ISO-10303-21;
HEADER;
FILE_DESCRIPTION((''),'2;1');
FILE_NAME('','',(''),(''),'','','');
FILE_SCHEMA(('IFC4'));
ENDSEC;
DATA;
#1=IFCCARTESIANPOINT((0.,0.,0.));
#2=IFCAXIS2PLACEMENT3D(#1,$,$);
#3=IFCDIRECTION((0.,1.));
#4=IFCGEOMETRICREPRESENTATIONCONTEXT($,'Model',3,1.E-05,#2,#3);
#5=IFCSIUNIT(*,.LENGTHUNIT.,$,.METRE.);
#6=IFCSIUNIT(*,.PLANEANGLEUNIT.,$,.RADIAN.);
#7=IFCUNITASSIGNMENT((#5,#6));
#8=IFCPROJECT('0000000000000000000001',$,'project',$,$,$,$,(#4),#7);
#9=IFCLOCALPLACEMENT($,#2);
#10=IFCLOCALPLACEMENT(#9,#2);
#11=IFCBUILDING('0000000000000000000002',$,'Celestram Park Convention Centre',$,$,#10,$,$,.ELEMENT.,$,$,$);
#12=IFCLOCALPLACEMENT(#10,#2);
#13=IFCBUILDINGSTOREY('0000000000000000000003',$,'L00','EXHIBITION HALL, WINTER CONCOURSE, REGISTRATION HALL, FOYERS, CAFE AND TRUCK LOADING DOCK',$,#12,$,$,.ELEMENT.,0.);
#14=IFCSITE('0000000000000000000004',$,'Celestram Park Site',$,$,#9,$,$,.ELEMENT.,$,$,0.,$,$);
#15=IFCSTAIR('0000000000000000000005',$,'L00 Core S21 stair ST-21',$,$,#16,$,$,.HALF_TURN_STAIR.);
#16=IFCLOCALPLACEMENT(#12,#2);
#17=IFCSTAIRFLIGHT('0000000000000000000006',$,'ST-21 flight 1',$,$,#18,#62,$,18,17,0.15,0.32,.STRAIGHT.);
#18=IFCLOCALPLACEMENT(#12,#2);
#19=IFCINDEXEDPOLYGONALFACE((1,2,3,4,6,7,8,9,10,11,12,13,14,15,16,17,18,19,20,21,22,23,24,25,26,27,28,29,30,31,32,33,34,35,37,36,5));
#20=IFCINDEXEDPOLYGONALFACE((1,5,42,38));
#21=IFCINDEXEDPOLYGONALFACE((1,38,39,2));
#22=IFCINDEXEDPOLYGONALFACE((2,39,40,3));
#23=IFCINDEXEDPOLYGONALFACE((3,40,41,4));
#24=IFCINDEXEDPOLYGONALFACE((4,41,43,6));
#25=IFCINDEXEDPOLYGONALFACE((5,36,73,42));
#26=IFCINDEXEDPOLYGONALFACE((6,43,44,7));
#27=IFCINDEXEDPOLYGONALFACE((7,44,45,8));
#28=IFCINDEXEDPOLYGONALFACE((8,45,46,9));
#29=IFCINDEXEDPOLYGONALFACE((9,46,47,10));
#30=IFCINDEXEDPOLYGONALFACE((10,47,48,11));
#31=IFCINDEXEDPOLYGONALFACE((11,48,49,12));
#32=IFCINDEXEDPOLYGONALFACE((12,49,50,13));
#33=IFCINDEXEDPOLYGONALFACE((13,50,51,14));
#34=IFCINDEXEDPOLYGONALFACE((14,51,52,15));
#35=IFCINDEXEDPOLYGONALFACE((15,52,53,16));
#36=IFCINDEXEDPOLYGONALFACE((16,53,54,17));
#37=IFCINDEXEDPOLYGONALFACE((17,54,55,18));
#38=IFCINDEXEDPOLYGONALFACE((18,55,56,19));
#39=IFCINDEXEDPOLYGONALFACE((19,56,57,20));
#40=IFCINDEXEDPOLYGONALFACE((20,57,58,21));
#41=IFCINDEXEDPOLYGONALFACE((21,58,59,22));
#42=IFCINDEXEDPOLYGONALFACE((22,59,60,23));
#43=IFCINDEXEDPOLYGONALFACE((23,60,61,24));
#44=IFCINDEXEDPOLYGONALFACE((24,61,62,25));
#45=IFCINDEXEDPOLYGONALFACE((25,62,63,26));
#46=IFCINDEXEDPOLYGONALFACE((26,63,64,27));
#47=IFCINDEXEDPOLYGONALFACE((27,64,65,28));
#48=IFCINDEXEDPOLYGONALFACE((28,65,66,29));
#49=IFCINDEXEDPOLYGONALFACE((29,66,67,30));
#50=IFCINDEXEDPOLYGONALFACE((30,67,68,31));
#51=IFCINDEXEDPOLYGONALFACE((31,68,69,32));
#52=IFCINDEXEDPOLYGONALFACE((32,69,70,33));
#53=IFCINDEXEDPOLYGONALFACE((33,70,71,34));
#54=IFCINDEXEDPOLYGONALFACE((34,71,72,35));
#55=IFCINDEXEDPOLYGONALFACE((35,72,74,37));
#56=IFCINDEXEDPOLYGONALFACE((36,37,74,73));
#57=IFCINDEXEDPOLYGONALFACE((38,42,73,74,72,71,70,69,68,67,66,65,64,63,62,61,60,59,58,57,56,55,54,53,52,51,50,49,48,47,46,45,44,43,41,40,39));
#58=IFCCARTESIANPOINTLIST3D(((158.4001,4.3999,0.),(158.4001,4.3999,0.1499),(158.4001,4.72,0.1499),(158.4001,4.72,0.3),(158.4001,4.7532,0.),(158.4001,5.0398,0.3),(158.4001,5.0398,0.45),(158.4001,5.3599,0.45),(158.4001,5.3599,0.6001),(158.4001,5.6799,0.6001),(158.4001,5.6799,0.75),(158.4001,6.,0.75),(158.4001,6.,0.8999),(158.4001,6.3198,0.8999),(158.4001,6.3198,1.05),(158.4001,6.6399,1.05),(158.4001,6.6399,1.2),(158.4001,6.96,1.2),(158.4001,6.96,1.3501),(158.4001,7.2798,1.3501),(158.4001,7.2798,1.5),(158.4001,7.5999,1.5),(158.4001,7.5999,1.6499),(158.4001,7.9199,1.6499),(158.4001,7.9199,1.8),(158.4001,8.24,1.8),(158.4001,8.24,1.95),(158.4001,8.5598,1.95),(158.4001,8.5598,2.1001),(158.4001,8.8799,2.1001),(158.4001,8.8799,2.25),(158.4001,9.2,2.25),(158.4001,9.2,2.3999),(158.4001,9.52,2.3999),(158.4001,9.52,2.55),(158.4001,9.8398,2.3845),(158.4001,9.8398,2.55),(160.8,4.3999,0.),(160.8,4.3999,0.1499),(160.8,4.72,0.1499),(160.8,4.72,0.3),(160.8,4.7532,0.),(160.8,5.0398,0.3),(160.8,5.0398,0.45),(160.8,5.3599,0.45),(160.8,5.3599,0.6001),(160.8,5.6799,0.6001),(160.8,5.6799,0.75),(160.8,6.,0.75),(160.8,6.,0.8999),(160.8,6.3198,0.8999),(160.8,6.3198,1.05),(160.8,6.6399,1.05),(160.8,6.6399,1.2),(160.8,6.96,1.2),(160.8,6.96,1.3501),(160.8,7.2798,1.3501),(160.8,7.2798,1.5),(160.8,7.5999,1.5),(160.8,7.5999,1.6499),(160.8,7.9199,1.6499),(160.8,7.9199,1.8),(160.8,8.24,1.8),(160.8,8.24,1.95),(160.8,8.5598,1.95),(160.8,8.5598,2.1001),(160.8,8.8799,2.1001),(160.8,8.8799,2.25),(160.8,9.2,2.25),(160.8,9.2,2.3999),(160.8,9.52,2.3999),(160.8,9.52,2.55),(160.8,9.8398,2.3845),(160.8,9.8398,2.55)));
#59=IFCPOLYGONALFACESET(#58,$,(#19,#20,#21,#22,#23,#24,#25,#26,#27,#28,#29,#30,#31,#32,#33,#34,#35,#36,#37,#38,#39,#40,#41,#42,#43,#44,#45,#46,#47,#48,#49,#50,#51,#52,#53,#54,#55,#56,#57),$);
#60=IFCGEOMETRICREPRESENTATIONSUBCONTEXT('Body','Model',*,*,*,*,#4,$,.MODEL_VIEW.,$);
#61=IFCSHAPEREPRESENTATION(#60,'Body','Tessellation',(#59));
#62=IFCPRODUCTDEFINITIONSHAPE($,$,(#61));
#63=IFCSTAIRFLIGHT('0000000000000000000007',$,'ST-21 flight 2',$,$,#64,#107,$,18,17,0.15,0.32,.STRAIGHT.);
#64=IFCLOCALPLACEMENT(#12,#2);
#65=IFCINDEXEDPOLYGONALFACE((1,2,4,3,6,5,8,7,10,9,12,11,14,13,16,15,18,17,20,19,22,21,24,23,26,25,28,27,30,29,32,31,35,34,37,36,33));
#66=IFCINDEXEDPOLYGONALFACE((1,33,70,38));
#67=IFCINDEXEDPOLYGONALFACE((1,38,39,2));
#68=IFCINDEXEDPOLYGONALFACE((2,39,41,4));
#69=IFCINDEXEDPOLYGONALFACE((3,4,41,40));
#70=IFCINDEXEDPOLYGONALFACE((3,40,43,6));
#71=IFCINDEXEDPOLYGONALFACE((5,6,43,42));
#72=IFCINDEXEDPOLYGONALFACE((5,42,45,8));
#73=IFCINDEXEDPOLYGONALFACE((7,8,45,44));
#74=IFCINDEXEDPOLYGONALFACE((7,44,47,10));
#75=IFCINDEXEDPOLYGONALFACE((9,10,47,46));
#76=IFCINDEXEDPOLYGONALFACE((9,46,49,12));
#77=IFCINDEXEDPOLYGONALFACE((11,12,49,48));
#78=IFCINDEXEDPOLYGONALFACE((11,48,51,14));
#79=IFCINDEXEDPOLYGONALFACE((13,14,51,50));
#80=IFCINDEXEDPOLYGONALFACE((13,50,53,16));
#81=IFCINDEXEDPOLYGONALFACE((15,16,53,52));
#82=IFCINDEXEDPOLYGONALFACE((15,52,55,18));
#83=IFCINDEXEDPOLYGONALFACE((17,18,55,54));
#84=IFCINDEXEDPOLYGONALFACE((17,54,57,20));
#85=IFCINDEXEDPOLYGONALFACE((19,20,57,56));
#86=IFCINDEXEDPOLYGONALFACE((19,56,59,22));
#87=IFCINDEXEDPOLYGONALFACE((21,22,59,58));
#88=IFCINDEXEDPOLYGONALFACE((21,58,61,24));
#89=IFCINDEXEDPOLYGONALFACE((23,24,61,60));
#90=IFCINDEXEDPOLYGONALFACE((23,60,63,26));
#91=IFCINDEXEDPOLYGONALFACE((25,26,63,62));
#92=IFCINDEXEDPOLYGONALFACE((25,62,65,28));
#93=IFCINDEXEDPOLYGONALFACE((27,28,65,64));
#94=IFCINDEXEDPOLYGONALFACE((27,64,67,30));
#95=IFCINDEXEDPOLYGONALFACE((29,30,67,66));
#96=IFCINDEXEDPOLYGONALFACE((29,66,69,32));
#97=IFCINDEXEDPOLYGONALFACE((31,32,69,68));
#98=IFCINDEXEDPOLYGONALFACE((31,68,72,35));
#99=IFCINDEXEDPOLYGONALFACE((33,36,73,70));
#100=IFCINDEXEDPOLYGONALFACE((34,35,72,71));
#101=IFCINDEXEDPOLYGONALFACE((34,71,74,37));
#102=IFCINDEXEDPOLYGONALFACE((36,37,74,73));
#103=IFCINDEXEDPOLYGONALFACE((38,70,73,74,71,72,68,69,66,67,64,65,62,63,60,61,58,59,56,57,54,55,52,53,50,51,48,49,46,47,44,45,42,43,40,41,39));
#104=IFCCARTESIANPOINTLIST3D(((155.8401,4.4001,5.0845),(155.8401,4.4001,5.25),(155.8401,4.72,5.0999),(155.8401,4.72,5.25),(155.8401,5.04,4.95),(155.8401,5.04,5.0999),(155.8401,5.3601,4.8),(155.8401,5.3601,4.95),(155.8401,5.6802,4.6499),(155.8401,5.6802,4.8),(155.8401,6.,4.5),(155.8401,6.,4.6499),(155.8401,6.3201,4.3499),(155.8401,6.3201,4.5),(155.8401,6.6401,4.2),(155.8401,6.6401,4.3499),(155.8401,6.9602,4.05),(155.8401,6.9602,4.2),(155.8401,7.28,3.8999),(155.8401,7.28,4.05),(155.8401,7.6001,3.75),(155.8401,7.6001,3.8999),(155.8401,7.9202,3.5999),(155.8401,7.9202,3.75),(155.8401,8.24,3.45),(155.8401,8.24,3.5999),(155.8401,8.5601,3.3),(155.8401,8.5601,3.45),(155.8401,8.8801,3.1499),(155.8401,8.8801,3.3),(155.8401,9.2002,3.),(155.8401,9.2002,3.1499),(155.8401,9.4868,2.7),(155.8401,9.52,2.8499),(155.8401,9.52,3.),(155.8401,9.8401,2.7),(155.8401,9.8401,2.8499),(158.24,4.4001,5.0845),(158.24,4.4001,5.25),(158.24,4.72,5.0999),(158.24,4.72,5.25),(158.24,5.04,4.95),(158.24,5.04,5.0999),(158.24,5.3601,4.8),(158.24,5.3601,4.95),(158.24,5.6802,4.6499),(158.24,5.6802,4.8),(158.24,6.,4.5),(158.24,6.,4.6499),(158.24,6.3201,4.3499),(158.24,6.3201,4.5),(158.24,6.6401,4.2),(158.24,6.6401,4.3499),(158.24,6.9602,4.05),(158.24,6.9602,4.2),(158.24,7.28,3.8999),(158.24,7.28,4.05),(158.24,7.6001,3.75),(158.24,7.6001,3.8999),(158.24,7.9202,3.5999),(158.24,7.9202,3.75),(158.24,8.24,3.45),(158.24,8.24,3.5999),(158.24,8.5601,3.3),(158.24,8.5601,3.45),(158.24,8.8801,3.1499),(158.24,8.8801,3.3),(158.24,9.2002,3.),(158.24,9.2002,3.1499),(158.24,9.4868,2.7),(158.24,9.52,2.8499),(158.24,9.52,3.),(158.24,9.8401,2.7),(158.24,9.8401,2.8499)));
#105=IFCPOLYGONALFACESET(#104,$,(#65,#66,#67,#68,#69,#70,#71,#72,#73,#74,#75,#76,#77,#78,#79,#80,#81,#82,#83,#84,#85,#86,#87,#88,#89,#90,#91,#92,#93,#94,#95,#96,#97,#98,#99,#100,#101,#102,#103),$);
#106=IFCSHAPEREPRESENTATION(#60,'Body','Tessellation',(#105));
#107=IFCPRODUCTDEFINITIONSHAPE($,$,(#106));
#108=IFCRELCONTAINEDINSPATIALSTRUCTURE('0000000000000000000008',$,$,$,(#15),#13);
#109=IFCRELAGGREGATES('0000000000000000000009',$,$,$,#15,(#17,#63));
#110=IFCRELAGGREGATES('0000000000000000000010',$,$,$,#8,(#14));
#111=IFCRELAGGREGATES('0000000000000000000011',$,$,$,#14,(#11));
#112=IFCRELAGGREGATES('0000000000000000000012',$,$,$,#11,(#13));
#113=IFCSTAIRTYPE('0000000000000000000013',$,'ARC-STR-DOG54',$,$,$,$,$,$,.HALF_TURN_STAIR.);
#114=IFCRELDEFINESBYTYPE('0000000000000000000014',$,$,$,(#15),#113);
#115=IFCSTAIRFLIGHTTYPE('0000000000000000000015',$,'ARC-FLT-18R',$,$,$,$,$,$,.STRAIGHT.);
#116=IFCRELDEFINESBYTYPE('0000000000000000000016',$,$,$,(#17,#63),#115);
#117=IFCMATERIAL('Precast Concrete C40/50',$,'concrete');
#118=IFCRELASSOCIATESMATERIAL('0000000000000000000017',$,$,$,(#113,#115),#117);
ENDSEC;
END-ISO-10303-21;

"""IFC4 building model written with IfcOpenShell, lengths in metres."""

from ifc_helpers import new_model, si_unit, direction, frame, origin, place, context, subcontext, project, spatial, polyline, outline, extrude, material, type_object, element, aggregate, save


model = new_model("IFC4")

# Units and contexts
model_context = context("Model", 3, precision=1e-05, world=origin(), true_north=direction((0.0, 1.0)))
body_context = subcontext(model_context, "Body", "Model", "MODEL_VIEW")
ifc_project = project(units=[si_unit("LENGTHUNIT", "METRE"), si_unit("PLANEANGLEUNIT", "RADIAN")], contexts=[model_context])

# Site, building, storey
site_placement = place(None, origin())
site = spatial("IfcSite", under=ifc_project, at=site_placement, Name="Celestram Park Site", CompositionType="ELEMENT", RefElevation=0.0)
building_placement = place(site_placement, origin())
building = spatial("IfcBuilding", under=site, at=building_placement, Name="Celestram Park Convention Centre", CompositionType="ELEMENT")
storey_placement = place(building_placement, origin())
storey = spatial("IfcBuildingStorey", under=building, at=storey_placement, Name="L00", Description="EXHIBITION HALL, WINTER CONCOURSE, REGISTRATION HALL, FOYERS, CAFE AND TRUCK LOADING DOCK", CompositionType="ELEMENT", Elevation=0.0)

# Stair, stair flights
ifc_material_1 = material(Name="Precast Concrete C40/50", Category="concrete")
stair_type = type_object("IfcStairType", Name="ARC-STR-DOG54", PredefinedType="HALF_TURN_STAIR", material=ifc_material_1)
stair_placement = place(storey_placement, origin())
stair = element("IfcStair", 1, at=stair_placement, inside=storey, type_object=stair_type, Name="L00 Core S21 stair ST-21", PredefinedType="HALF_TURN_STAIR")
stair_flight_type = type_object("IfcStairFlightType", Name="ARC-FLT-18R", PredefinedType="STRAIGHT", material=ifc_material_1)
stair_flight_1_placement = place(storey_placement, frame((159.6001, 4.3999, 0.0), z_axis=(0.0, 0.0, 1.0), x_axis=(0.0, 1.0, 0.0)))
stair_flight_1 = element("IfcStairFlight", 2, at=stair_flight_1_placement, type_object=stair_flight_type, Name="ST-21 flight 1", NumberOfRisers=18, NumberOfTreads=17, PredefinedType="STRAIGHT", RiserHeight=0.15, TreadLength=0.32, context=body_context, shape_type="SweptSolid", body=[
    extrude(outline(polyline([(0.0, 0.0), (0.0, 0.1499), (0.3201, 0.1499), (0.3201, 0.3), (0.6399, 0.3), (0.6399, 0.45), (0.96, 0.45), (0.96, 0.6001), (1.28, 0.6001), (1.28, 0.75), (1.6001, 0.75), (1.6001, 0.8999), (1.9199, 0.8999), (1.9199, 1.05), (2.24, 1.05), (2.24, 1.2), (2.5601, 1.2), (2.5601, 1.3501), (2.8799, 1.3501), (2.8799, 1.5), (3.2, 1.5), (3.2, 1.6499), (3.52, 1.6499), (3.52, 1.8), (3.8401, 1.8), (3.8401, 1.95), (4.1599, 1.95), (4.1599, 2.1001), (4.48, 2.1001), (4.48, 2.25), (4.8, 2.25), (4.8, 2.3999), (5.1201, 2.3999), (5.1201, 2.55), (5.4399, 2.55), (5.4399, 2.7), (5.4399, 2.3845), (0.3533, 0.0), (0.0, 0.0)])), frame((0.0, 1.2, 0.0), z_axis=(0.0, -1.0, 0.0), x_axis=(1.0, 0.0, 0.0)), (0.0, 0.0, 1.0), 2.3999),
])
stair_flight_2_placement = place(storey_placement, frame((157.04, 9.8401, 2.7), z_axis=(0.0, 0.0, 1.0), x_axis=(0.0, -1.0, 0.0)))
stair_flight_2 = element("IfcStairFlight", 3, at=stair_flight_2_placement, type_object=stair_flight_type, Name="ST-21 flight 2", NumberOfRisers=18, NumberOfTreads=17, PredefinedType="STRAIGHT", RiserHeight=0.15, TreadLength=0.32, context=body_context, shape_type="SweptSolid", body=[
    extrude(outline(polyline([(0.0, 0.0), (0.0, 0.1499), (0.3201, 0.1499), (0.3201, 0.3), (0.6399, 0.3), (0.6399, 0.45), (0.96, 0.45), (0.96, 0.6001), (1.28, 0.6001), (1.28, 0.75), (1.6001, 0.75), (1.6001, 0.8999), (1.9199, 0.8999), (1.9199, 1.05), (2.24, 1.05), (2.24, 1.2), (2.5601, 1.2), (2.5601, 1.3501), (2.8799, 1.3501), (2.8799, 1.5), (3.2, 1.5), (3.2, 1.6499), (3.52, 1.6499), (3.52, 1.8), (3.8401, 1.8), (3.8401, 1.95), (4.1599, 1.95), (4.1599, 2.1001), (4.48, 2.1001), (4.48, 2.25), (4.8, 2.25), (4.8, 2.3999), (5.1201, 2.3999), (5.1201, 2.55), (5.4399, 2.55), (5.4399, 2.7), (5.4399, 2.3845), (0.3533, 0.0), (0.0, 0.0)])), frame((0.0, 1.2, 0.0), z_axis=(0.0, -1.0, 0.0), x_axis=(1.0, 0.0, 0.0)), (0.0, 0.0, 1.0), 2.3999),
])
aggregate(stair, [stair_flight_1, stair_flight_2])

save(model, "model.ifc")
